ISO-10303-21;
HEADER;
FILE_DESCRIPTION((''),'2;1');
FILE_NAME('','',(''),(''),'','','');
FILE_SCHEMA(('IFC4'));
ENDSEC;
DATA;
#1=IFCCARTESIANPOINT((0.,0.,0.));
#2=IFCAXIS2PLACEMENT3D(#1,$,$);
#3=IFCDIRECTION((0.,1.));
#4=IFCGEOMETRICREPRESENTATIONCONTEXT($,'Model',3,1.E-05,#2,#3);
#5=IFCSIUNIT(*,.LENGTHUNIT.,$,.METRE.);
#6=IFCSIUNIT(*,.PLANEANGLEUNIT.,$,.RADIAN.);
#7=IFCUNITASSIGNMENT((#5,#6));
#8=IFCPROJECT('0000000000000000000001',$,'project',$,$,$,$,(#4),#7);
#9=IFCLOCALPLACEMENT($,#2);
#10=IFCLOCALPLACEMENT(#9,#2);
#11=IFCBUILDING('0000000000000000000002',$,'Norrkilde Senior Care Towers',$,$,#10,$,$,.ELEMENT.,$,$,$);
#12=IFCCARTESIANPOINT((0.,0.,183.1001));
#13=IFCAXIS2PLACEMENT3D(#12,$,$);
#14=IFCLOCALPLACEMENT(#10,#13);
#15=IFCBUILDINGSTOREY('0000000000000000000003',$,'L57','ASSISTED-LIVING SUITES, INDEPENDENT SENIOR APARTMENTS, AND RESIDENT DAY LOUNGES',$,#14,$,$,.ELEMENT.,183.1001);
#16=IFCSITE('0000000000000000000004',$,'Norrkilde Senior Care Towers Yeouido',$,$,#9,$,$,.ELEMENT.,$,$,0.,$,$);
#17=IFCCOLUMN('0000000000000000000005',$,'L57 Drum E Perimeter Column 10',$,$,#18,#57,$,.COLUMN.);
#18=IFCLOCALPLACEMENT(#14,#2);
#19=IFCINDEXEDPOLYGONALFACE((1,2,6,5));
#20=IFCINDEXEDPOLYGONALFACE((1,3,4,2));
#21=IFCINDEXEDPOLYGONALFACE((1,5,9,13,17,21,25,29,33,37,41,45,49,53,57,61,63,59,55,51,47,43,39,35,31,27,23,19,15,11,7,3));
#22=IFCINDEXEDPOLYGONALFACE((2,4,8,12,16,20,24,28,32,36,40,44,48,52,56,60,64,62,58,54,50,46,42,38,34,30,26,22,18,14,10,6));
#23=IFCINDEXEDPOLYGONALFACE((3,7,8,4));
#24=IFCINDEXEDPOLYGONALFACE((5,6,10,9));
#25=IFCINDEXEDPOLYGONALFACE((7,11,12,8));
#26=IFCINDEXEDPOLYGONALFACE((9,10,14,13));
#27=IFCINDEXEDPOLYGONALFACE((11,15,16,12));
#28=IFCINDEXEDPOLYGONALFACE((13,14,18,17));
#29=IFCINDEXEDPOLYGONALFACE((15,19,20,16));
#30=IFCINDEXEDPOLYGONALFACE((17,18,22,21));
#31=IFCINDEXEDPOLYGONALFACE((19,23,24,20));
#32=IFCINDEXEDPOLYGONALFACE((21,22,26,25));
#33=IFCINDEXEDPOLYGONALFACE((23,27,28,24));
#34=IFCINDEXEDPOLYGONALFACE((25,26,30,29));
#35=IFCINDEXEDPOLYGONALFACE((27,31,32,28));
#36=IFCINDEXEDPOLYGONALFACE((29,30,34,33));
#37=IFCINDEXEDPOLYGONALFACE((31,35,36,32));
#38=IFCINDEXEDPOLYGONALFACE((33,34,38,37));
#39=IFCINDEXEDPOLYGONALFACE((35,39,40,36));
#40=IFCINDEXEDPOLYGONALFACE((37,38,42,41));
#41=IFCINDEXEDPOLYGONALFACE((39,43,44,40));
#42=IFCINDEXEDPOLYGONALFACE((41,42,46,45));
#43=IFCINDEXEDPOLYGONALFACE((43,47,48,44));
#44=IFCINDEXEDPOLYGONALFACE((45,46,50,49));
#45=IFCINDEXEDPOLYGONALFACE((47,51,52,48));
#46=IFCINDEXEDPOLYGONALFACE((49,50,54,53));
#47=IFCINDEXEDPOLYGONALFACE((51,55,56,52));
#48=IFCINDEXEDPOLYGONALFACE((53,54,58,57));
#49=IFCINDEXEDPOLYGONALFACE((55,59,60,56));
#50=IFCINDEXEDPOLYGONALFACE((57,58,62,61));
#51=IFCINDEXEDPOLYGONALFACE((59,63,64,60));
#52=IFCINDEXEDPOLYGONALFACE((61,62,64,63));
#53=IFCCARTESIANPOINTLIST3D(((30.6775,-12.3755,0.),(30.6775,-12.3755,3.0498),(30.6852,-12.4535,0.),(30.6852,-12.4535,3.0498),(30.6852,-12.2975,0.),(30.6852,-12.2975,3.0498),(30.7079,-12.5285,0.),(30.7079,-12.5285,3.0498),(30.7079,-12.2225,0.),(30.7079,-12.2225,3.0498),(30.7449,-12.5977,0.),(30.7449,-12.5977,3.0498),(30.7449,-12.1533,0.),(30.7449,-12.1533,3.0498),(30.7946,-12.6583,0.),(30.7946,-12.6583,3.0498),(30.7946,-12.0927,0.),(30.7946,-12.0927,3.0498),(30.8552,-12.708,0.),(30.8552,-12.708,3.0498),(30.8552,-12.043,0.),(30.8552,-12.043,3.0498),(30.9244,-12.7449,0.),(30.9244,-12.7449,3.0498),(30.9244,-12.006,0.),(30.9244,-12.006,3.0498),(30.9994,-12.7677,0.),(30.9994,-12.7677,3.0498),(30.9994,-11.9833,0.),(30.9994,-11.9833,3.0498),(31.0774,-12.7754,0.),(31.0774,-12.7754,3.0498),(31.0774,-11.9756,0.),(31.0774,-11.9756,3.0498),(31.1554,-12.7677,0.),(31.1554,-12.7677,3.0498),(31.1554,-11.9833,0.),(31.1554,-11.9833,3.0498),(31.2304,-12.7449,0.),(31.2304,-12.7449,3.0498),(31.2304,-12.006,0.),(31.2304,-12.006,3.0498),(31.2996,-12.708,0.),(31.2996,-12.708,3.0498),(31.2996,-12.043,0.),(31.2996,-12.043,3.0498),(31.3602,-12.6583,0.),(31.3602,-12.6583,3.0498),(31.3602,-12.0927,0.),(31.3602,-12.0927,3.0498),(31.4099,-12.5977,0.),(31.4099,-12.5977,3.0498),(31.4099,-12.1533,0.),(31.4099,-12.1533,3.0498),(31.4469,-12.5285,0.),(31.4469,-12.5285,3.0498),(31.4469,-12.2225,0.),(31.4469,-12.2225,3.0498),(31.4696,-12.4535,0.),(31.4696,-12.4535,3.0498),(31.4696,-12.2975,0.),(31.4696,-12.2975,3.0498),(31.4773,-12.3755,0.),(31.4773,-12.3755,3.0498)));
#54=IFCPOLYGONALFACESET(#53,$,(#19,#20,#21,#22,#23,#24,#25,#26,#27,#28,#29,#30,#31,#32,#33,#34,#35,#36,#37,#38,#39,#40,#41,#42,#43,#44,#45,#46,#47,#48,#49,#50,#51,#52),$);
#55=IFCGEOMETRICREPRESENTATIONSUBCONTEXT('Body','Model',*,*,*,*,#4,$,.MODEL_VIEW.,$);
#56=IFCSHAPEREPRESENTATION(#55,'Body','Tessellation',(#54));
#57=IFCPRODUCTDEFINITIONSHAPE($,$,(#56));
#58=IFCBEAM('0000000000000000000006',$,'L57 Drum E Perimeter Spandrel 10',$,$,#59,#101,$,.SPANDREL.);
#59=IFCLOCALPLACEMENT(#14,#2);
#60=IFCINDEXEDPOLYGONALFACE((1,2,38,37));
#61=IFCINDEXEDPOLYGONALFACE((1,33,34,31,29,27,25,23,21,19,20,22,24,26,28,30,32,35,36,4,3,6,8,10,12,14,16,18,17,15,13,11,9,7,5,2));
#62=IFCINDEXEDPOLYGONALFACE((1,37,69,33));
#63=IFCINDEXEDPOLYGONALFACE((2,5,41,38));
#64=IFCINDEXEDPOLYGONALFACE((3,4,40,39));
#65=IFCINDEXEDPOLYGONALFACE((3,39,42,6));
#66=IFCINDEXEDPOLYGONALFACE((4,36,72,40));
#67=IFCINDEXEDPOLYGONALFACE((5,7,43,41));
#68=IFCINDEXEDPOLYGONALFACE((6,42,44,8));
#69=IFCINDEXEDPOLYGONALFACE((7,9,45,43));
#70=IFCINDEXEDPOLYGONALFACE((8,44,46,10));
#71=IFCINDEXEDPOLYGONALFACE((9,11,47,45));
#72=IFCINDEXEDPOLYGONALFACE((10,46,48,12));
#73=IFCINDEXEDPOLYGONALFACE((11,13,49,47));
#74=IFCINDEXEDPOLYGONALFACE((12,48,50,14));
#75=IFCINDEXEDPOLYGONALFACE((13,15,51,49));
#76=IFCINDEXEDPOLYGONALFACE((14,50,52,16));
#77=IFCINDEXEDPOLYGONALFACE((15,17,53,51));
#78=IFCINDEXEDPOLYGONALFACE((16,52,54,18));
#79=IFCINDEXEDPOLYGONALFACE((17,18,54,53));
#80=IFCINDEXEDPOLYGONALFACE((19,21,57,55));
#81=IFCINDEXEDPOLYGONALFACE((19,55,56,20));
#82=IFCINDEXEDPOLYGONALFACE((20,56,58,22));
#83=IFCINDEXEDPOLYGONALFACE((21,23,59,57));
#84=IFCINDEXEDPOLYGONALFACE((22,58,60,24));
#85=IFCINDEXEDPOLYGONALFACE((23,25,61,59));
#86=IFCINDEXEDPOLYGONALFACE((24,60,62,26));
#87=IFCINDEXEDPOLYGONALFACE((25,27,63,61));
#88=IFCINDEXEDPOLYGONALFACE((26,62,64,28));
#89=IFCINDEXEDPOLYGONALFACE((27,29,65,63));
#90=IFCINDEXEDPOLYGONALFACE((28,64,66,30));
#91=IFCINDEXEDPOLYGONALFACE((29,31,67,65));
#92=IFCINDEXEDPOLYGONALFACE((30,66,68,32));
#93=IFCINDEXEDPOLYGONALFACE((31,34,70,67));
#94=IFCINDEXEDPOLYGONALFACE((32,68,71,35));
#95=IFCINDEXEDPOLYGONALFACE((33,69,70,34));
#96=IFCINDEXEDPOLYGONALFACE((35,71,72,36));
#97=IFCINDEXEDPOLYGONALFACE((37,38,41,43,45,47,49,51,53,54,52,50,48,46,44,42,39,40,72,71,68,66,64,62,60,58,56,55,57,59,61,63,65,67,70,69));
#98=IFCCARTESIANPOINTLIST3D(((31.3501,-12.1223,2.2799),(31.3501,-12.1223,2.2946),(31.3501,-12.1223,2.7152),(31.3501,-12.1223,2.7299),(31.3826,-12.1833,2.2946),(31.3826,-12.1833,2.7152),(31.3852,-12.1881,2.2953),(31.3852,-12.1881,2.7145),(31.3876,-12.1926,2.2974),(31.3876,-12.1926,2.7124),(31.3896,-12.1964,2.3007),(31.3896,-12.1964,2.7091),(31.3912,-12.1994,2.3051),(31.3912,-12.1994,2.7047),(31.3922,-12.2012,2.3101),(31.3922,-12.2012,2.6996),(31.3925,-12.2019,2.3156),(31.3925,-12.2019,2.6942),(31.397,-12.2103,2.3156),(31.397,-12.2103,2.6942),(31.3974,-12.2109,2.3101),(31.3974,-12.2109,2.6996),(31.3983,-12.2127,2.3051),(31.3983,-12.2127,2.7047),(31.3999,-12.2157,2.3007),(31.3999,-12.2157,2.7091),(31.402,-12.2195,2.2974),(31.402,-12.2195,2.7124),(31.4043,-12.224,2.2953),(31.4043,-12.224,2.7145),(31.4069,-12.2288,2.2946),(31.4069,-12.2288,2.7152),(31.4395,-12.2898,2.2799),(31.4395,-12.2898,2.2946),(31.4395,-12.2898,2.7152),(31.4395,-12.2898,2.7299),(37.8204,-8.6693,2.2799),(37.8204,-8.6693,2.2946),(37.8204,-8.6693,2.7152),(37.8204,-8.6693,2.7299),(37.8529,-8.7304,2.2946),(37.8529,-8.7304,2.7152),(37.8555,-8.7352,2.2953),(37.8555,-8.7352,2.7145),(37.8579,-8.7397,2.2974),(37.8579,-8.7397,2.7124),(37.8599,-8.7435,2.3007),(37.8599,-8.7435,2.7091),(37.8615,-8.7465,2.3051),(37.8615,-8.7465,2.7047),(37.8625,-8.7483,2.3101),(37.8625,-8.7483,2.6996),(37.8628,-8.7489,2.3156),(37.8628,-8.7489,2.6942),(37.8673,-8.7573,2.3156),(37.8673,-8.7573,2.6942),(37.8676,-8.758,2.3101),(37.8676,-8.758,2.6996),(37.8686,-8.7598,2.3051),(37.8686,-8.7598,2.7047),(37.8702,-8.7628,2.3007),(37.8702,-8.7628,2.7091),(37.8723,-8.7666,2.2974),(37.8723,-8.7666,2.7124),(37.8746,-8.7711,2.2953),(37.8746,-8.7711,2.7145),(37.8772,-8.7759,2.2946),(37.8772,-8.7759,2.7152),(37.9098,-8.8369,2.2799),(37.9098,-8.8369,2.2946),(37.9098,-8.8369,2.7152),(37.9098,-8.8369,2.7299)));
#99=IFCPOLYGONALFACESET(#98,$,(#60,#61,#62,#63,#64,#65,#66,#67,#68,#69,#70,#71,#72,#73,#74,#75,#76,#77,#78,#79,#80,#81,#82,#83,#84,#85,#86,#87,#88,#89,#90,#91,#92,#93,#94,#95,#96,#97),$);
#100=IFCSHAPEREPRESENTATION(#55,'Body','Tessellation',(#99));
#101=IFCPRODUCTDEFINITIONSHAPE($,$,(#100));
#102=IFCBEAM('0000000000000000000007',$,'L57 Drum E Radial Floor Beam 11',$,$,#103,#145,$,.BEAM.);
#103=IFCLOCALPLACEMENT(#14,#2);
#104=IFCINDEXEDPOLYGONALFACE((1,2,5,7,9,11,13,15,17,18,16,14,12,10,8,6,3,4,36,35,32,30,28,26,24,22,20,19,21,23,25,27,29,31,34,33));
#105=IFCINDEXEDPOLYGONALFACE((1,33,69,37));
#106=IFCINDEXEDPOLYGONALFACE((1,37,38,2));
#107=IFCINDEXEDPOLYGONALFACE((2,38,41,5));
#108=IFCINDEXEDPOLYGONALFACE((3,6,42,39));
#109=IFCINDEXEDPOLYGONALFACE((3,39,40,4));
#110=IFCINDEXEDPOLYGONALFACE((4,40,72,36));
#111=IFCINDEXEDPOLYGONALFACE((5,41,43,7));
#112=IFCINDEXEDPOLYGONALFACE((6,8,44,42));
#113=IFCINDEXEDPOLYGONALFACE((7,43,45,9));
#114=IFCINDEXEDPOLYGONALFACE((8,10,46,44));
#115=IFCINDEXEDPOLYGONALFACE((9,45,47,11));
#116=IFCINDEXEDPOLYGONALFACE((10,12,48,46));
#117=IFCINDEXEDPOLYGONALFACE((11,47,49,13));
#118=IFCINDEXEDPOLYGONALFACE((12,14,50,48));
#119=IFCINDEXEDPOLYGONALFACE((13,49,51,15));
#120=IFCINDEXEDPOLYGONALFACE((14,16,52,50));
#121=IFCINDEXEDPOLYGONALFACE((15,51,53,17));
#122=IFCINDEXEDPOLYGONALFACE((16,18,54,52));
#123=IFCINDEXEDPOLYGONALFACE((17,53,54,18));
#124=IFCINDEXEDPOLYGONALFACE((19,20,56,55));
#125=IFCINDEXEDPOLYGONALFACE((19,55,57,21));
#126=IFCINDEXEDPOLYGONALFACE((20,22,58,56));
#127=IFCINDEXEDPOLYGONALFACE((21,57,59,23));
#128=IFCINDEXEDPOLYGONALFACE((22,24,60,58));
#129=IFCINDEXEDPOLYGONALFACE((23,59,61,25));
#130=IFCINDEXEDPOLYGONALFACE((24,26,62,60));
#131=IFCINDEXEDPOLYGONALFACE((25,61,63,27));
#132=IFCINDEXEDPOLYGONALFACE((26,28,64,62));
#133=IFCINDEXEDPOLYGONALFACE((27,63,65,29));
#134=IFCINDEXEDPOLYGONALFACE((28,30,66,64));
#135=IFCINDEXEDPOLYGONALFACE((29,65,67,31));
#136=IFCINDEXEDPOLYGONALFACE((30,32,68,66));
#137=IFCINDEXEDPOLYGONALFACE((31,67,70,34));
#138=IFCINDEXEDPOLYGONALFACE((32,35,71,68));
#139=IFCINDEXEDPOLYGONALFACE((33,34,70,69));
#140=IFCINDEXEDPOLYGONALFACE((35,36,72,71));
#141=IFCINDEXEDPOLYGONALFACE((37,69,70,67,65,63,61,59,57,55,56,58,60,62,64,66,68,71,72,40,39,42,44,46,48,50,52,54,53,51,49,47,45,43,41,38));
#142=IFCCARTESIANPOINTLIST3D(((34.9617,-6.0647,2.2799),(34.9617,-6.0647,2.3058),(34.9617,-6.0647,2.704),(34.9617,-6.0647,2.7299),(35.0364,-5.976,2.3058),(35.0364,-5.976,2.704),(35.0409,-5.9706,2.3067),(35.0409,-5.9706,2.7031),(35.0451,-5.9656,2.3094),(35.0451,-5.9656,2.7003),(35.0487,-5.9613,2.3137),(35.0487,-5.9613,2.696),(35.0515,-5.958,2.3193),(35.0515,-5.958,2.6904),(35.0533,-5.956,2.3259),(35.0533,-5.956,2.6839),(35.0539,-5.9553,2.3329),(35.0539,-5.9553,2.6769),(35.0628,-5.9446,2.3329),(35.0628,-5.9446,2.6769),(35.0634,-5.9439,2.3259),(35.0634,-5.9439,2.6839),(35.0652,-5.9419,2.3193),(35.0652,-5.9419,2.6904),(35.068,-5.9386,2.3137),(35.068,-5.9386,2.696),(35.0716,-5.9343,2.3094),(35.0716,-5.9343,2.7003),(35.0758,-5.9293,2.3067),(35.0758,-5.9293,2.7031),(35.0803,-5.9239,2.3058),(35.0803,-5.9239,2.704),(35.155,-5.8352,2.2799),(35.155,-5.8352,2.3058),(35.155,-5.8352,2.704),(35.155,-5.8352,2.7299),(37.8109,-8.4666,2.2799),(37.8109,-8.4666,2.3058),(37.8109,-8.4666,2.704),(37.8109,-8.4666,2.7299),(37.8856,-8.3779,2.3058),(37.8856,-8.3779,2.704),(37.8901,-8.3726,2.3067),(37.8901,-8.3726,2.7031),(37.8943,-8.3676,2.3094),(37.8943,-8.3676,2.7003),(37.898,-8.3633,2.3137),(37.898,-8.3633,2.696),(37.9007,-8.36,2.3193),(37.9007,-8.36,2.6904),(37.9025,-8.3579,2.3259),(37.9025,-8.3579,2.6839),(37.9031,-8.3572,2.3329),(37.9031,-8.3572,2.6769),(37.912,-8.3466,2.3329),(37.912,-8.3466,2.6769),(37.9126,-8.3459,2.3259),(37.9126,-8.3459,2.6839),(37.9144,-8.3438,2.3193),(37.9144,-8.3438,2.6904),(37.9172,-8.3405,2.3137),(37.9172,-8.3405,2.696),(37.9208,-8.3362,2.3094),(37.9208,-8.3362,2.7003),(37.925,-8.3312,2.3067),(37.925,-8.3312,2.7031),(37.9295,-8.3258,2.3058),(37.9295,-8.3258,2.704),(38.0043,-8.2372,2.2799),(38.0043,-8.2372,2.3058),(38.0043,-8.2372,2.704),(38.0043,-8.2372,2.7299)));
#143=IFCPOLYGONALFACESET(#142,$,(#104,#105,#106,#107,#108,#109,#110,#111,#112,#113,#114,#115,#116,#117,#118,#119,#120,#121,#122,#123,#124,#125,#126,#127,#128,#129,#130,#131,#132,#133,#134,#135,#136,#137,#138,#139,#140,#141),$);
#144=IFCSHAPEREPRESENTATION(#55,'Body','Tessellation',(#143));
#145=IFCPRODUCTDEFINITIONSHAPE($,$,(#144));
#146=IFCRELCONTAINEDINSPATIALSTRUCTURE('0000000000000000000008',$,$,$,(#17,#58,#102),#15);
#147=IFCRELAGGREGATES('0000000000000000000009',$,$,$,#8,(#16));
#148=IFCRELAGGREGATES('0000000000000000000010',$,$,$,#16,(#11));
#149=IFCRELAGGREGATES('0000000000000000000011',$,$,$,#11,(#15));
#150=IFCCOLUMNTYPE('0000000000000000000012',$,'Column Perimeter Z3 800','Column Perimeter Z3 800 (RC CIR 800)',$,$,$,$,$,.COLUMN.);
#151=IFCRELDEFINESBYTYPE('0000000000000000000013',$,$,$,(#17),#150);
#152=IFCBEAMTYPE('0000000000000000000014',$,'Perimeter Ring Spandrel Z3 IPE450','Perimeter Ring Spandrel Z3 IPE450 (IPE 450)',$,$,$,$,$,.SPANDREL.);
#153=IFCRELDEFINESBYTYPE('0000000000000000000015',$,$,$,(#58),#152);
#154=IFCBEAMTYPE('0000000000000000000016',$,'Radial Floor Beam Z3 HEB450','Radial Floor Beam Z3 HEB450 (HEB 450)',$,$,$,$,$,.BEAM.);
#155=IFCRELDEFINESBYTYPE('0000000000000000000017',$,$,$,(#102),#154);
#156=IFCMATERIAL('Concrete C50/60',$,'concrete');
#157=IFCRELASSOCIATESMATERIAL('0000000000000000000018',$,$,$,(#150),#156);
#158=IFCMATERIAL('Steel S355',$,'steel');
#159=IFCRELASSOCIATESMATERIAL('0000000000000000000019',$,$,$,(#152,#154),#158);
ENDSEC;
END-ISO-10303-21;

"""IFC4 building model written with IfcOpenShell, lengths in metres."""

from ifc_helpers import new_model, si_unit, direction, frame, origin, origin_2d, place, context, subcontext, project, spatial, circle, i_section, extrude, source, transform, mapped, material, material_profile, profile_set, type_object, type_shapes, element, save


model = new_model("IFC4")

# Units and contexts
model_context = context("Model", 3, precision=1e-05, world=origin(), true_north=direction((0.0, 1.0)))
body_context = subcontext(model_context, "Body", "Model", "MODEL_VIEW")
ifc_project = project(units=[si_unit("LENGTHUNIT", "METRE"), si_unit("PLANEANGLEUNIT", "RADIAN")], contexts=[model_context])

# Site, building, storey
site_placement = place(None, origin())
site = spatial("IfcSite", under=ifc_project, at=site_placement, Name="Norrkilde Senior Care Towers Yeouido", CompositionType="ELEMENT", RefElevation=0.0)
building_placement = place(site_placement, origin())
building = spatial("IfcBuilding", under=site, at=building_placement, Name="Norrkilde Senior Care Towers", CompositionType="ELEMENT")
storey_placement = place(building_placement, frame((0.0, 0.0, 183.1001)))
storey = spatial("IfcBuildingStorey", under=building, at=storey_placement, Name="L57", Description="ASSISTED-LIVING SUITES, INDEPENDENT SENIOR APARTMENTS, AND RESIDENT DAY LOUNGES", CompositionType="ELEMENT", Elevation=183.1001)

# Column
ifc_material_1 = material(Name="Concrete C50/60", Category="concrete")
ifc_material_profile_1 = material_profile(ifc_material_1, circle(Radius=0.3999, at=origin_2d()), Name="RC CIR 800")
ifc_profile_set_1 = profile_set([ifc_material_profile_1], Name="Concrete C50/60")
column_type = type_object("IfcColumnType", Name="Column Perimeter Z3 800", Description="Column Perimeter Z3 800 (RC CIR 800)", PredefinedType="COLUMN", material=ifc_profile_set_1)
shared_shape_1 = source(origin(), body_context, "Body", "SweptSolid", [
    extrude(circle(Radius=0.3999, at=origin_2d()), origin(), (0.0, 0.0, 1.0), 3.0498),
])
type_shapes(column_type, [shared_shape_1])
column_placement = place(storey_placement, frame((31.0774, -12.3755, 0.0), z_axis=(0.0, 0.0, 1.0), x_axis=(1.0, 0.0, 0.0)))
element("IfcColumn", 1, at=column_placement, inside=storey, type_object=column_type, Name="L57 Drum E Perimeter Column 10", PredefinedType="COLUMN", context=body_context, shape_type="MappedRepresentation", body=[
    mapped(shared_shape_1, transform((0.0, 0.0, 0.0), x_axis=(1.0, 0.0, 0.0), y_axis=(0.0, 1.0, 0.0), z_axis=(0.0, 0.0, 1.0), scale=1.0)),
])

# Beams
ifc_material_2 = material(Name="Steel S355", Category="steel")
ifc_material_profile_2 = material_profile(ifc_material_2, i_section(OverallWidth=0.1899, OverallDepth=0.45, WebThickness=0.0095, FlangeThickness=0.0146, FilletRadius=0.021, at=origin_2d()), Name="IPE 450")
ifc_profile_set_2 = profile_set([ifc_material_profile_2], Name="Steel S355")
beam_type_1 = type_object("IfcBeamType", Name="Perimeter Ring Spandrel Z3 IPE450", Description="Perimeter Ring Spandrel Z3 IPE450 (IPE 450)", PredefinedType="SPANDREL", material=ifc_profile_set_2)
shared_shape_2 = source(origin(), body_context, "Body", "SweptSolid", [
    extrude(i_section(OverallWidth=0.1899, OverallDepth=0.45, WebThickness=0.0095, FlangeThickness=0.0146, FilletRadius=0.021, at=origin_2d()), origin(), (0.0, 0.0, 1.0), 7.334),
])
type_shapes(beam_type_1, [shared_shape_2])
beam_1_placement = place(storey_placement, frame((31.3948, -12.2061, 2.5049), z_axis=(0.882234, 0.470811, 0.0), x_axis=(-0.470811, 0.882234, 0.0)))
element("IfcBeam", 2, at=beam_1_placement, inside=storey, type_object=beam_type_1, Name="L57 Drum E Perimeter Spandrel 10", PredefinedType="SPANDREL", context=body_context, shape_type="MappedRepresentation", body=[
    mapped(shared_shape_2, transform((0.0, 0.0, 0.0), x_axis=(1.0, 0.0, 0.0), y_axis=(0.0, 1.0, 0.0), z_axis=(0.0, 0.0, 1.0), scale=1.0)),
])
ifc_material_profile_3 = material_profile(ifc_material_2, i_section(OverallWidth=0.3, OverallDepth=0.45, WebThickness=0.0139, FlangeThickness=0.0259, FilletRadius=0.0271, at=origin_2d()), Name="HEB 450")
ifc_profile_set_3 = profile_set([ifc_material_profile_3], Name="Steel S355")
beam_type_2 = type_object("IfcBeamType", Name="Radial Floor Beam Z3 HEB450", Description="Radial Floor Beam Z3 HEB450 (HEB 450)", PredefinedType="BEAM", material=ifc_profile_set_3)
shared_shape_3 = source(origin(), body_context, "Body", "SweptSolid", [
    extrude(i_section(OverallWidth=0.3, OverallDepth=0.45, WebThickness=0.0139, FlangeThickness=0.0259, FilletRadius=0.0271, at=origin_2d()), origin(), (0.0, 0.0, 1.0), 3.7266),
])
beam_2_placement = place(storey_placement, frame((35.0583, -5.95, 2.5049), z_axis=(0.764568, -0.644543, 0.0), x_axis=(0.644543, 0.764568, 0.0)))
element("IfcBeam", 3, at=beam_2_placement, inside=storey, type_object=beam_type_2, Name="L57 Drum E Radial Floor Beam 11", PredefinedType="BEAM", context=body_context, shape_type="MappedRepresentation", body=[
    mapped(shared_shape_3, transform((0.0, 0.0, 0.0), x_axis=(1.0, 0.0, 0.0), y_axis=(0.0, 1.0, 0.0), z_axis=(0.0, 0.0, 1.0), scale=1.0)),
])

save(model, "model.ifc")
